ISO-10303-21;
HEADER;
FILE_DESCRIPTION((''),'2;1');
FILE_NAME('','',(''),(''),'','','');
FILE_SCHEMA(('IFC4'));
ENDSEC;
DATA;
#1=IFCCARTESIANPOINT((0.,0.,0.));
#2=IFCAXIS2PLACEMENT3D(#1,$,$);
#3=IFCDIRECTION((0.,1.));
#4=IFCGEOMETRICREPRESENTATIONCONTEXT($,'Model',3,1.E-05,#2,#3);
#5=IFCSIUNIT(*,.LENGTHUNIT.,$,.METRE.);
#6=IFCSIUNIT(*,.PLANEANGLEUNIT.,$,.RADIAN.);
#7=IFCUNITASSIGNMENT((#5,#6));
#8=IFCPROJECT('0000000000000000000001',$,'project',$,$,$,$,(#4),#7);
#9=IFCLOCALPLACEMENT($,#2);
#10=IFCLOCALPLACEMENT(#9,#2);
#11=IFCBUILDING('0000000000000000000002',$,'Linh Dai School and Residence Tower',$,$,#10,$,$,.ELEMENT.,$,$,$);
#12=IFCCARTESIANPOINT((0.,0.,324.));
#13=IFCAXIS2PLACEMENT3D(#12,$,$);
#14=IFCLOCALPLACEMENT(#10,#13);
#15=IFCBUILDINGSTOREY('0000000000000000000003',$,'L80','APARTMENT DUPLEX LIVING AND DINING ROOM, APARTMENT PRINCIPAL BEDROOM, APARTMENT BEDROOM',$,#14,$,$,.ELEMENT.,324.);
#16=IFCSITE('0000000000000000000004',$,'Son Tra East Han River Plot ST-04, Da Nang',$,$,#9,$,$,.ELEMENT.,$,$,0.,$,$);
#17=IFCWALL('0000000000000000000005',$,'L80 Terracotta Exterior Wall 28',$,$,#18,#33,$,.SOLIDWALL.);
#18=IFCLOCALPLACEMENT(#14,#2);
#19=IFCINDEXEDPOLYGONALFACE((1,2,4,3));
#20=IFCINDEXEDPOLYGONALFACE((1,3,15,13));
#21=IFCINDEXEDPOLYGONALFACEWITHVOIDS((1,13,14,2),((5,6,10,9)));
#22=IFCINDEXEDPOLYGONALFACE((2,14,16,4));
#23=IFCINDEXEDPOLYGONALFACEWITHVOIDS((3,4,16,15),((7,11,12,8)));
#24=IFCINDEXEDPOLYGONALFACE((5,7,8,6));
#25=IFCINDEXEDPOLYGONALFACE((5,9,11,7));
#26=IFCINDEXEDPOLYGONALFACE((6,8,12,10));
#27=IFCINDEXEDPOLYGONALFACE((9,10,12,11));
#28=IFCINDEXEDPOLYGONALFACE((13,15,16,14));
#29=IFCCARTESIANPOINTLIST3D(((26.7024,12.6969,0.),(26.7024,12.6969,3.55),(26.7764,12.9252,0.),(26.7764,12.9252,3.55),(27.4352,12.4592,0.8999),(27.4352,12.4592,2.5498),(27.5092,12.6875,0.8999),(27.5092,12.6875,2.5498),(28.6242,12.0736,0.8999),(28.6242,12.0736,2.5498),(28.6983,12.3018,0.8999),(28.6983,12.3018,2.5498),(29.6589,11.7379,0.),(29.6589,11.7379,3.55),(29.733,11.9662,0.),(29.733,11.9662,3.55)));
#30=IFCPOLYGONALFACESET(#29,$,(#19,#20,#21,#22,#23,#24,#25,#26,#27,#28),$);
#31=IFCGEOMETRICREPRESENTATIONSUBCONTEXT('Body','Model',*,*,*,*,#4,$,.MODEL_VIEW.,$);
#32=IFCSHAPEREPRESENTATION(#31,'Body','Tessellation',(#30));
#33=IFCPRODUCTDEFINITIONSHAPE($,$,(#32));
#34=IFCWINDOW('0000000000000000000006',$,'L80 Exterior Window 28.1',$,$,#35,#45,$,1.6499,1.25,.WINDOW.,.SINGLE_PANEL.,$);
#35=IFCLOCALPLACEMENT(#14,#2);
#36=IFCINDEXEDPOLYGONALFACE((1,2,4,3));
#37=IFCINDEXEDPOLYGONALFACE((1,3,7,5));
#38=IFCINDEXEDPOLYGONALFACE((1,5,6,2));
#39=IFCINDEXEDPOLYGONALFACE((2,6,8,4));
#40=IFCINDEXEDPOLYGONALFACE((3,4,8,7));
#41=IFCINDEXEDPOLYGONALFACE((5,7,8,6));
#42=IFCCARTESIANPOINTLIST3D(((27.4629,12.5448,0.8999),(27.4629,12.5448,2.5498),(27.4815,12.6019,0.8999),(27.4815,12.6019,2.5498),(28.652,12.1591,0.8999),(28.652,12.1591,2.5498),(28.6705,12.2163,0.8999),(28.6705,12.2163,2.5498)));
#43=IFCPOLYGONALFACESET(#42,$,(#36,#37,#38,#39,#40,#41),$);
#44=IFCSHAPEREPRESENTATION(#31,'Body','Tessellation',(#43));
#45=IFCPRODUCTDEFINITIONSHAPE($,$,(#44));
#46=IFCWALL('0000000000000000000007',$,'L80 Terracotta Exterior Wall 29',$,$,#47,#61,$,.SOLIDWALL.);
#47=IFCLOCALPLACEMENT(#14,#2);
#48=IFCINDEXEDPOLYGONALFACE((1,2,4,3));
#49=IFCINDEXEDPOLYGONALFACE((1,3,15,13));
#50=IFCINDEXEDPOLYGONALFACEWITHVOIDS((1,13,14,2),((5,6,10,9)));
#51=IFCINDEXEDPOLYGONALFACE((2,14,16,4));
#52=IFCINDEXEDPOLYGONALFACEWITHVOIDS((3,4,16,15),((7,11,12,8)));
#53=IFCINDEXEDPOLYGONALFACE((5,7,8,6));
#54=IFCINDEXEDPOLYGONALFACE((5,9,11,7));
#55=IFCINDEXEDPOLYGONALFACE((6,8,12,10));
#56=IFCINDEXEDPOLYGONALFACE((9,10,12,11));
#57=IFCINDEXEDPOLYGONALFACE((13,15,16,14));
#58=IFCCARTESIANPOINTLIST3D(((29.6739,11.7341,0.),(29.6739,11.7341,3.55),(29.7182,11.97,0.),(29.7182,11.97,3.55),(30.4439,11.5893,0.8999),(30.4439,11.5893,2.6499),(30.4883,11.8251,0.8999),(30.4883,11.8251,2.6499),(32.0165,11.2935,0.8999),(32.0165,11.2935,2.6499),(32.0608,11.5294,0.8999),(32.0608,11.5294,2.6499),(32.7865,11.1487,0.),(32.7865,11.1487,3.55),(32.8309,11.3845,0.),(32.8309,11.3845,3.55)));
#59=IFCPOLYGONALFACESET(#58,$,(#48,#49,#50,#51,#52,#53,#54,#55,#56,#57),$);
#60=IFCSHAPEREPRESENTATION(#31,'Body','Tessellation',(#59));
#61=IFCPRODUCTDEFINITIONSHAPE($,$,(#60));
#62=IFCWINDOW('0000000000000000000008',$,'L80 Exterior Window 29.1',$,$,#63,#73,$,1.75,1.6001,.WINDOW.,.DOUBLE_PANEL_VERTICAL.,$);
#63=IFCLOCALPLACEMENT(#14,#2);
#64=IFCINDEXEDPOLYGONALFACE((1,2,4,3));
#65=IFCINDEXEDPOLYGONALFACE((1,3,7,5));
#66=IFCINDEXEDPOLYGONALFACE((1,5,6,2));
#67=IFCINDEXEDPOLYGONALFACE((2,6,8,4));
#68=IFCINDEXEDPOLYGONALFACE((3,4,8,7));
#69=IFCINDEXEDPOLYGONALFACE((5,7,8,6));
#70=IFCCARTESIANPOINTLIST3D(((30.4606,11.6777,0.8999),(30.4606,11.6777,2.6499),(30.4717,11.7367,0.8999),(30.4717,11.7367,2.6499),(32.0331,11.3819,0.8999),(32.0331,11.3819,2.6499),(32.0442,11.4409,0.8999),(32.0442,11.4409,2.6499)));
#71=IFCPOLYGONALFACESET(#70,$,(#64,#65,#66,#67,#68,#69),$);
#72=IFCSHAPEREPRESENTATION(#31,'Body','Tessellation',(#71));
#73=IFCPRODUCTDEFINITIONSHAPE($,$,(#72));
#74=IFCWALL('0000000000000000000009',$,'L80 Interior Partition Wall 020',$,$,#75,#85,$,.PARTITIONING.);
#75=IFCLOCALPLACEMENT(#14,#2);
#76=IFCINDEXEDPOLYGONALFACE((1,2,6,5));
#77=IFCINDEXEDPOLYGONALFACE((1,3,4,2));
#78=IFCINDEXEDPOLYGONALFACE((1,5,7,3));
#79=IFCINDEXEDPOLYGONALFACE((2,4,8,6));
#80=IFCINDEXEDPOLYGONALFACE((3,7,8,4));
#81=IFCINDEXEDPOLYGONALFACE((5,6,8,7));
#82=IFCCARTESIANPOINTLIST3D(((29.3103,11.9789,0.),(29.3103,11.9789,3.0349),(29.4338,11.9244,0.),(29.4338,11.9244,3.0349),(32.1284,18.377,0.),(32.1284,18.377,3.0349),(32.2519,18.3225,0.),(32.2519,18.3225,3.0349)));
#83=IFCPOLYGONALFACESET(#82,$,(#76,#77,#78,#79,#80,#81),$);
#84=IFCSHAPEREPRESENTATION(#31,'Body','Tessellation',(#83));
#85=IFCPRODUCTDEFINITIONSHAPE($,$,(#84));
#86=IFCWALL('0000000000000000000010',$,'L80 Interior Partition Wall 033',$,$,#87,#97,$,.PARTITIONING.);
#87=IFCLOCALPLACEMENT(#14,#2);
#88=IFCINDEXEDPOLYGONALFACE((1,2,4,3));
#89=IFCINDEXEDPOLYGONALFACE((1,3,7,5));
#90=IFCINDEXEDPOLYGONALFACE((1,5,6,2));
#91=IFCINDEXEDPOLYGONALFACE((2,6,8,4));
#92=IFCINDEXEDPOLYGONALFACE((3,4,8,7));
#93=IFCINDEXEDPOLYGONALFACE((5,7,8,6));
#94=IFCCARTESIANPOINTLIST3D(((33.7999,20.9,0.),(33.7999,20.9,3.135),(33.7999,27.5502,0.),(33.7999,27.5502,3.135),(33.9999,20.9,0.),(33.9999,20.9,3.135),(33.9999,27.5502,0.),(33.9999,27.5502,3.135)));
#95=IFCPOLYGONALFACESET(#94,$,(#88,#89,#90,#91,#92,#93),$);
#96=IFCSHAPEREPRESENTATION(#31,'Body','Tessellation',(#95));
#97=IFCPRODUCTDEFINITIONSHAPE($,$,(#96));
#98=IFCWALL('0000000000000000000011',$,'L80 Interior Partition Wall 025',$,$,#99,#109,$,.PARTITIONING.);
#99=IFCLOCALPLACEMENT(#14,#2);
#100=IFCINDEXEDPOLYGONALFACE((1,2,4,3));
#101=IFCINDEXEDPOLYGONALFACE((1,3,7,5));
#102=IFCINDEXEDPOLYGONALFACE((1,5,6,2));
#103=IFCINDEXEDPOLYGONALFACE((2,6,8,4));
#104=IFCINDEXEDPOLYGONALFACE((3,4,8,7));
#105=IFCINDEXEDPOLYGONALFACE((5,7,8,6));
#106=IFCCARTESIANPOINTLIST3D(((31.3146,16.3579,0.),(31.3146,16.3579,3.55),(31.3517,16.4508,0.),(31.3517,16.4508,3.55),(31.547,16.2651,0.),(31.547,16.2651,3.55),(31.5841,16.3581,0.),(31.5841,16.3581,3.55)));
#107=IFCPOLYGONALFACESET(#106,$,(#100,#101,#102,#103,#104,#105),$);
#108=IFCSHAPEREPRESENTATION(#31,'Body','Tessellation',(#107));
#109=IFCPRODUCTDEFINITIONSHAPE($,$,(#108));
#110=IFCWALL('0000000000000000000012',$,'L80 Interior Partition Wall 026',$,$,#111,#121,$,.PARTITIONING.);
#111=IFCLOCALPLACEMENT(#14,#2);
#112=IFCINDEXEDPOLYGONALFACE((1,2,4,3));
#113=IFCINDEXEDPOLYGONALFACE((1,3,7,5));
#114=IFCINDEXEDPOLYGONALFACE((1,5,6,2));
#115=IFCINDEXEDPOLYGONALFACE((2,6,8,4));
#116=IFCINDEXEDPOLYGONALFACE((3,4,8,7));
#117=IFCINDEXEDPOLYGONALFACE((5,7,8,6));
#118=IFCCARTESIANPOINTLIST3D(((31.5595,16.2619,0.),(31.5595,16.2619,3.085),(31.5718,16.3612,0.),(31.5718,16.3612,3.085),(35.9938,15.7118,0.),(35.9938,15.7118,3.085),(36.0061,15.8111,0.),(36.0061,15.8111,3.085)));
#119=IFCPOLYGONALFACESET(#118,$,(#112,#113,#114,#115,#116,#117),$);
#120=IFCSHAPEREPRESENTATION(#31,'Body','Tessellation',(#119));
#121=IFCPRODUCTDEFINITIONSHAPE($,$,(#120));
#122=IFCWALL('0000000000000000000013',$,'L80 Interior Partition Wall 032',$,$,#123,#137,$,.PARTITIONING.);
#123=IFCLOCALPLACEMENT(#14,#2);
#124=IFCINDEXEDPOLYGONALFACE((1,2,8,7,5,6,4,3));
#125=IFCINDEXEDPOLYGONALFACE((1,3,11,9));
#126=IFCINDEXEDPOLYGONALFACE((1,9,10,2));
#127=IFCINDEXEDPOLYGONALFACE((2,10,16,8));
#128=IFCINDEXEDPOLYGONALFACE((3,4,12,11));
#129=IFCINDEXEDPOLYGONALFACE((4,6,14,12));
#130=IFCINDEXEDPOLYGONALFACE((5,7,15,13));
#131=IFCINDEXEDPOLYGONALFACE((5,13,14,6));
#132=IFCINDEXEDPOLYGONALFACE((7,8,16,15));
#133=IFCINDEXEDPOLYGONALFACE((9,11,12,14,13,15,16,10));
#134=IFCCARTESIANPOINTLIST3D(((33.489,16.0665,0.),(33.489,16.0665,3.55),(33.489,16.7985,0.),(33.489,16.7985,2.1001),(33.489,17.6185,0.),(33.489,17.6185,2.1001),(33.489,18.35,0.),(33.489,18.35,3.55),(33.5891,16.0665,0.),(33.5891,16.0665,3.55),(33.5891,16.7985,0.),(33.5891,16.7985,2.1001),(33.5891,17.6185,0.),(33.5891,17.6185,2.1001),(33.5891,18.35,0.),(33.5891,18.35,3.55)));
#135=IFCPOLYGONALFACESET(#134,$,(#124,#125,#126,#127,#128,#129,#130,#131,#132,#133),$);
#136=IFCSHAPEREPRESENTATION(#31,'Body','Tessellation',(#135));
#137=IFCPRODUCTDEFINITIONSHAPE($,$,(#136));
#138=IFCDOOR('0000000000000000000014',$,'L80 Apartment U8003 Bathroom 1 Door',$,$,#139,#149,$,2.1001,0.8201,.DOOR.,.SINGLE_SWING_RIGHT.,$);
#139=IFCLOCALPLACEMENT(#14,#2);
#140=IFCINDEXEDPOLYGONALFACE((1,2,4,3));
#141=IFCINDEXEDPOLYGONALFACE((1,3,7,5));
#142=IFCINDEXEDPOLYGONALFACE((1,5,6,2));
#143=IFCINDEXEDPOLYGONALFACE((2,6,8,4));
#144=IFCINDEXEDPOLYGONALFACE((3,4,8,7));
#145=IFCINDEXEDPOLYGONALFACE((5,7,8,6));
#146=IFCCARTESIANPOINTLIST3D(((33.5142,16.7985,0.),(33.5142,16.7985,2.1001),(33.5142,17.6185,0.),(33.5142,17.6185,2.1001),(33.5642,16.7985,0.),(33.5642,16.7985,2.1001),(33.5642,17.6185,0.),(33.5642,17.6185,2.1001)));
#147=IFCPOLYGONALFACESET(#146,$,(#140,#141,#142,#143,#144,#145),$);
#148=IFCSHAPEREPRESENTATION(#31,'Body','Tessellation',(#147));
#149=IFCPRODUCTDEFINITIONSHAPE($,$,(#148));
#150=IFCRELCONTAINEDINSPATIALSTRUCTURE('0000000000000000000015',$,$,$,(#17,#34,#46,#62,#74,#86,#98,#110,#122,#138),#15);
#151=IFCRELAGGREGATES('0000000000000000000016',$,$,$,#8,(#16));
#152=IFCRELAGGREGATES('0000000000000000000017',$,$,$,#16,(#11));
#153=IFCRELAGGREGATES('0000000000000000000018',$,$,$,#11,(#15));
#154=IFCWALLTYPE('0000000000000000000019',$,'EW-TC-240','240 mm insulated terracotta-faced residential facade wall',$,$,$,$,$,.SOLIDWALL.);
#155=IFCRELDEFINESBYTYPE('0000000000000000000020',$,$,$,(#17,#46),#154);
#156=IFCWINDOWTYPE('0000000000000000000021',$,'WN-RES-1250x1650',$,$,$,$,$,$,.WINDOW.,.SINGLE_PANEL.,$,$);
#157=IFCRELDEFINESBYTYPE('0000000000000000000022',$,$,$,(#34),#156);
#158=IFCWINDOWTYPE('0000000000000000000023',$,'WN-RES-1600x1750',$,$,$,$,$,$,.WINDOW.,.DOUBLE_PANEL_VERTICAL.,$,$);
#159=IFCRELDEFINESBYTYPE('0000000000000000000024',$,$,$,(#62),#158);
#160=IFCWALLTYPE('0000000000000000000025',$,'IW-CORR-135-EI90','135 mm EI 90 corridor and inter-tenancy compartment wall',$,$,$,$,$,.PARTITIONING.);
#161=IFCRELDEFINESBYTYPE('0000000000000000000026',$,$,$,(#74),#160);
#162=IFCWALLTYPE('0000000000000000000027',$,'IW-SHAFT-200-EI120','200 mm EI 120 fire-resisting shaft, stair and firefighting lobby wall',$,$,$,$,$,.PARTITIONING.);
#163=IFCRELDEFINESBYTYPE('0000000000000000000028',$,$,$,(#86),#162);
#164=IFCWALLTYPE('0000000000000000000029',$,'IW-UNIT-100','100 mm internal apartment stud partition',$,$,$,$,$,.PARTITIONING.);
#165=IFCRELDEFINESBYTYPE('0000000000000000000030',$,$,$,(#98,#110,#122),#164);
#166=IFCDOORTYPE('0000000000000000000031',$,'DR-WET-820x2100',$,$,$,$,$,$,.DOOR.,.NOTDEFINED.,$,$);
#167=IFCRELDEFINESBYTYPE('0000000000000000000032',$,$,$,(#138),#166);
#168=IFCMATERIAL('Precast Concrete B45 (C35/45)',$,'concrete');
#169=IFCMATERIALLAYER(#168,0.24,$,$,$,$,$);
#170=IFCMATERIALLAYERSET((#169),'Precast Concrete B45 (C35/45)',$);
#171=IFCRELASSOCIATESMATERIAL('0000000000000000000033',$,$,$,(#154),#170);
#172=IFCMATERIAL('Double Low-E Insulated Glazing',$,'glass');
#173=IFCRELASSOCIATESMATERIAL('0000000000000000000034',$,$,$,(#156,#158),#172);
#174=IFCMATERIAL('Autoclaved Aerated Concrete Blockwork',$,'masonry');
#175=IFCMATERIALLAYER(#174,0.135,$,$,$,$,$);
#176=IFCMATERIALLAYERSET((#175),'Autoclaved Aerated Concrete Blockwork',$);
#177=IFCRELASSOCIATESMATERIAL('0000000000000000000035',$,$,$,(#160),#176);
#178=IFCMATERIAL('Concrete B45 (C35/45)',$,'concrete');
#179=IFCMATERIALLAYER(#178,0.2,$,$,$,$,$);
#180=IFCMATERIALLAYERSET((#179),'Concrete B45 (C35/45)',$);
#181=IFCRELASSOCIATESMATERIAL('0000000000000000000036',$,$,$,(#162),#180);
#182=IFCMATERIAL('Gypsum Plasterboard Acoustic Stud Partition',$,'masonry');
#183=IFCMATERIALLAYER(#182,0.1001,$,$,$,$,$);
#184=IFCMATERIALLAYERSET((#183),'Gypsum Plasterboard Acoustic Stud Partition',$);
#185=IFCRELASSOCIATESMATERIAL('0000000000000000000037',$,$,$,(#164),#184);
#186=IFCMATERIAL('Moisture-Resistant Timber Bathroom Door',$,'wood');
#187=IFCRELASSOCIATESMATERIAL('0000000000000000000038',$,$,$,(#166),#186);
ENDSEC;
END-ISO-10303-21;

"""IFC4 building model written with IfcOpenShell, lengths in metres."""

from ifc_helpers import new_model, si_unit, direction, frame, frame_2d, origin, origin_2d, place, context, subcontext, project, spatial, rectangle, extrude, source, transform, mapped, material, layer, layer_set, type_object, element, fill, save


model = new_model("IFC4")

# Units and contexts
model_context = context("Model", 3, precision=1e-05, world=origin(), true_north=direction((0.0, 1.0)))
body_context = subcontext(model_context, "Body", "Model", "MODEL_VIEW")
ifc_project = project(units=[si_unit("LENGTHUNIT", "METRE"), si_unit("PLANEANGLEUNIT", "RADIAN")], contexts=[model_context])

# Site, building, storey
site_placement = place(None, origin())
site = spatial("IfcSite", under=ifc_project, at=site_placement, Name="Son Tra East Han River Plot ST-04, Da Nang", CompositionType="ELEMENT", RefElevation=0.0)
building_placement = place(site_placement, origin())
building = spatial("IfcBuilding", under=site, at=building_placement, Name="Linh Dai School and Residence Tower", CompositionType="ELEMENT")
storey_placement = place(building_placement, frame((0.0, 0.0, 324.0)))
storey = spatial("IfcBuildingStorey", under=building, at=storey_placement, Name="L80", Description="APARTMENT DUPLEX LIVING AND DINING ROOM, APARTMENT PRINCIPAL BEDROOM, APARTMENT BEDROOM", CompositionType="ELEMENT", Elevation=324.0)

# Shared definitions
ifc_material_1 = material(Name="Concrete B45 (C35/45)", Category="concrete")

# Walls, openings, windows
ifc_material_2 = material(Name="Precast Concrete B45 (C35/45)", Category="concrete")
ifc_layer_1 = layer(ifc_material_2, 0.24)
ifc_layer_set_1 = layer_set([ifc_layer_1], Name="Precast Concrete B45 (C35/45)")
wall_type_1 = type_object("IfcWallType", Name="EW-TC-240", Description="240 mm insulated terracotta-faced residential facade wall", PredefinedType="SOLIDWALL", material=ifc_layer_set_1)
wall_1_placement = place(storey_placement, frame((29.696, 11.8521, 0.0), z_axis=(0.0, 0.0, 1.0), x_axis=(-0.951213, 0.308535, 0.0)))
wall_1 = element("IfcWall", 1, at=wall_1_placement, inside=storey, type_object=wall_type_1, Name="L80 Terracotta Exterior Wall 28", PredefinedType="SOLIDWALL", context=body_context, shape_type="SweptSolid", body=[
    extrude(rectangle(XDim=3.1082, YDim=0.24, at=frame_2d((1.5542, 0.0))), origin(), (0.0, 0.0, 1.0), 3.55),
])
opening_1_placement = place(wall_1_placement, frame((1.0879, 0.0, 0.8999)))
opening_1 = element("IfcOpeningElement", 2, at=opening_1_placement, cuts=wall_1, PredefinedType="OPENING", context=body_context, shape_type="SweptSolid", body=[
    extrude(rectangle(XDim=1.25, YDim=1.6499, at=origin_2d()), frame((0.625, 0.1299, 0.825), z_axis=(0.0, -1.0, 0.0), x_axis=(1.0, 0.0, 0.0)), (0.0, 0.0, 1.0), 0.26),
])
ifc_material_3 = material(Name="Double Low-E Insulated Glazing", Category="glass")
window_type_1 = type_object("IfcWindowType", Name="WN-RES-1250x1650", PartitioningType="SINGLE_PANEL", PredefinedType="WINDOW", material=ifc_material_3)
shared_shape_1 = source(origin(), body_context, "Body", "SweptSolid", [
    extrude(rectangle(XDim=1.25, YDim=1.6499, at=origin_2d()), frame((0.625, 0.03, 0.825), z_axis=(0.0, -1.0, 0.0), x_axis=(1.0, 0.0, 0.0)), (0.0, 0.0, 1.0), 0.0601),
])
window_1_placement = place(opening_1_placement, origin())
window_1 = element("IfcWindow", 3, at=window_1_placement, inside=storey, type_object=window_type_1, Name="L80 Exterior Window 28.1", OverallHeight=1.6499, OverallWidth=1.25, PartitioningType="SINGLE_PANEL", PredefinedType="WINDOW", context=body_context, shape_type="MappedRepresentation", body=[
    mapped(shared_shape_1, transform((0.0, 0.0, 0.0), x_axis=(1.0, 0.0, 0.0), y_axis=(0.0, 1.0, 0.0), z_axis=(0.0, 0.0, 1.0), scale=1.0)),
])
fill(opening_1, window_1)
wall_2_placement = place(storey_placement, frame((32.8086, 11.2666, 0.0), z_axis=(0.0, 0.0, 1.0), x_axis=(-0.982766, 0.184852, 0.0)))
wall_2 = element("IfcWall", 4, at=wall_2_placement, inside=storey, type_object=wall_type_1, Name="L80 Terracotta Exterior Wall 29", PredefinedType="SOLIDWALL", context=body_context, shape_type="SweptSolid", body=[
    extrude(rectangle(XDim=3.1672, YDim=0.24, at=frame_2d((1.5835, 0.0))), origin(), (0.0, 0.0, 1.0), 3.55),
])
opening_2_placement = place(wall_2_placement, frame((0.7834, 0.0, 0.8999)))
opening_2 = element("IfcOpeningElement", 5, at=opening_2_placement, cuts=wall_2, PredefinedType="OPENING", context=body_context, shape_type="SweptSolid", body=[
    extrude(rectangle(XDim=1.6001, YDim=1.75, at=origin_2d()), frame((0.8, 0.1299, 0.875), z_axis=(0.0, -1.0, 0.0), x_axis=(1.0, 0.0, 0.0)), (0.0, 0.0, 1.0), 0.26),
])
window_type_2 = type_object("IfcWindowType", Name="WN-RES-1600x1750", PartitioningType="DOUBLE_PANEL_VERTICAL", PredefinedType="WINDOW", material=ifc_material_3)
shared_shape_2 = source(origin(), body_context, "Body", "SweptSolid", [
    extrude(rectangle(XDim=1.6001, YDim=1.75, at=origin_2d()), frame((0.8, 0.03, 0.875), z_axis=(0.0, -1.0, 0.0), x_axis=(1.0, 0.0, 0.0)), (0.0, 0.0, 1.0), 0.0601),
])
window_2_placement = place(opening_2_placement, origin())
window_2 = element("IfcWindow", 6, at=window_2_placement, inside=storey, type_object=window_type_2, Name="L80 Exterior Window 29.1", OverallHeight=1.75, OverallWidth=1.6001, PartitioningType="DOUBLE_PANEL_VERTICAL", PredefinedType="WINDOW", context=body_context, shape_type="MappedRepresentation", body=[
    mapped(shared_shape_2, transform((0.0, 0.0, 0.0), x_axis=(1.0, 0.0, 0.0), y_axis=(0.0, 1.0, 0.0), z_axis=(0.0, 0.0, 1.0), scale=1.0)),
])
fill(opening_2, window_2)

# Wall
ifc_material_4 = material(Name="Autoclaved Aerated Concrete Blockwork", Category="masonry")
ifc_layer_2 = layer(ifc_material_4, 0.135)
ifc_layer_set_2 = layer_set([ifc_layer_2], Name="Autoclaved Aerated Concrete Blockwork")
wall_type_2 = type_object("IfcWallType", Name="IW-CORR-135-EI90", Description="135 mm EI 90 corridor and inter-tenancy compartment wall", PredefinedType="PARTITIONING", material=ifc_layer_set_2)
wall_3_placement = place(storey_placement, frame((29.3721, 11.9517, 0.0), z_axis=(0.0, 0.0, 1.0), x_axis=(0.403087, 0.915162, 0.0)))
element("IfcWall", 7, at=wall_3_placement, inside=storey, type_object=wall_type_2, Name="L80 Interior Partition Wall 020", PredefinedType="PARTITIONING", context=body_context, shape_type="SweptSolid", body=[
    extrude(rectangle(XDim=6.9912, YDim=0.135, at=frame_2d((3.4956, 0.0))), origin(), (0.0, 0.0, 1.0), 3.0349),
])

# Walls
ifc_layer_3 = layer(ifc_material_1, 0.2)
ifc_layer_set_3 = layer_set([ifc_layer_3], Name="Concrete B45 (C35/45)")
wall_type_3 = type_object("IfcWallType", Name="IW-SHAFT-200-EI120", Description="200 mm EI 120 fire-resisting shaft, stair and firefighting lobby wall", PredefinedType="PARTITIONING", material=ifc_layer_set_3)
wall_4_placement = place(storey_placement, frame((33.8999, 20.8999, 0.0), z_axis=(0.0, 0.0, 1.0), x_axis=(0.0, 1.0, 0.0)))
element("IfcWall", 8, at=wall_4_placement, inside=storey, type_object=wall_type_3, Name="L80 Interior Partition Wall 033", PredefinedType="PARTITIONING", context=body_context, shape_type="SweptSolid", body=[
    extrude(rectangle(XDim=6.6501, YDim=0.2, at=frame_2d((3.3252, 0.0))), origin(), (0.0, 0.0, 1.0), 3.135),
])
ifc_material_5 = material(Name="Gypsum Plasterboard Acoustic Stud Partition", Category="masonry")
ifc_layer_4 = layer(ifc_material_5, 0.1001)
ifc_layer_set_4 = layer_set([ifc_layer_4], Name="Gypsum Plasterboard Acoustic Stud Partition")
wall_type_4 = type_object("IfcWallType", Name="IW-UNIT-100", Description="100 mm internal apartment stud partition", PredefinedType="PARTITIONING", material=ifc_layer_set_4)
wall_5_placement = place(storey_placement, frame((31.3333, 16.4043, 0.0), z_axis=(0.0, 0.0, 1.0), x_axis=(0.928746, -0.370718, 0.0)))
element("IfcWall", 9, at=wall_5_placement, inside=storey, type_object=wall_type_4, Name="L80 Interior Partition Wall 025", PredefinedType="PARTITIONING", context=body_context, shape_type="SweptSolid", body=[
    extrude(rectangle(XDim=0.2502, YDim=0.1001, at=frame_2d((0.125, 0.0))), origin(), (0.0, 0.0, 1.0), 3.55),
])
wall_6_placement = place(storey_placement, frame((31.5657, 16.3115, 0.0), z_axis=(0.0, 0.0, 1.0), x_axis=(0.992394, -0.1231, 0.0)))
element("IfcWall", 10, at=wall_6_placement, inside=storey, type_object=wall_type_4, Name="L80 Interior Partition Wall 026", PredefinedType="PARTITIONING", context=body_context, shape_type="SweptSolid", body=[
    extrude(rectangle(XDim=4.4683, YDim=0.1001, at=frame_2d((2.2341, 0.0))), origin(), (0.0, 0.0, 1.0), 3.085),
])

# Wall, opening, door
wall_7_placement = place(storey_placement, frame((33.5391, 16.0667, 0.0), z_axis=(0.0, 0.0, 1.0), x_axis=(0.0, 1.0, 0.0)))
wall_7 = element("IfcWall", 11, at=wall_7_placement, inside=storey, type_object=wall_type_4, Name="L80 Interior Partition Wall 032", PredefinedType="PARTITIONING", context=body_context, shape_type="SweptSolid", body=[
    extrude(rectangle(XDim=2.2834, YDim=0.1001, at=frame_2d((1.1416, 0.0))), origin(), (0.0, 0.0, 1.0), 3.55),
])
opening_3_placement = place(wall_7_placement, frame((0.7317, 0.0, 0.0)))
opening_3 = element("IfcOpeningElement", 12, at=opening_3_placement, cuts=wall_7, PredefinedType="OPENING", context=body_context, shape_type="SweptSolid", body=[
    extrude(rectangle(XDim=0.8201, YDim=2.1001, at=origin_2d()), frame((0.4102, 0.0601, 1.05), z_axis=(0.0, -1.0, 0.0), x_axis=(1.0, 0.0, 0.0)), (0.0, 0.0, 1.0), 0.1201),
])
ifc_material_6 = material(Name="Moisture-Resistant Timber Bathroom Door", Category="wood")
door_type_1 = type_object("IfcDoorType", Name="DR-WET-820x2100", OperationType="NOTDEFINED", PredefinedType="DOOR", material=ifc_material_6)
shared_shape_3 = source(origin(), body_context, "Body", "SweptSolid", [
    extrude(rectangle(XDim=0.8201, YDim=2.1001, at=origin_2d()), frame((0.4102, 0.0249, 1.05), z_axis=(0.0, -1.0, 0.0), x_axis=(1.0, 0.0, 0.0)), (0.0, 0.0, 1.0), 0.05),
])
door_1_placement = place(opening_3_placement, origin())
door_1 = element("IfcDoor", 13, at=door_1_placement, inside=storey, type_object=door_type_1, Name="L80 Apartment U8003 Bathroom 1 Door", OperationType="SINGLE_SWING_RIGHT", OverallHeight=2.1001, OverallWidth=0.8201, PredefinedType="DOOR", context=body_context, shape_type="MappedRepresentation", body=[
    mapped(shared_shape_3, transform((0.0, 0.0, 0.0), x_axis=(1.0, 0.0, 0.0), y_axis=(0.0, 1.0, 0.0), z_axis=(0.0, 0.0, 1.0), scale=1.0)),
])
fill(opening_3, door_1)

save(model, "model.ifc")
